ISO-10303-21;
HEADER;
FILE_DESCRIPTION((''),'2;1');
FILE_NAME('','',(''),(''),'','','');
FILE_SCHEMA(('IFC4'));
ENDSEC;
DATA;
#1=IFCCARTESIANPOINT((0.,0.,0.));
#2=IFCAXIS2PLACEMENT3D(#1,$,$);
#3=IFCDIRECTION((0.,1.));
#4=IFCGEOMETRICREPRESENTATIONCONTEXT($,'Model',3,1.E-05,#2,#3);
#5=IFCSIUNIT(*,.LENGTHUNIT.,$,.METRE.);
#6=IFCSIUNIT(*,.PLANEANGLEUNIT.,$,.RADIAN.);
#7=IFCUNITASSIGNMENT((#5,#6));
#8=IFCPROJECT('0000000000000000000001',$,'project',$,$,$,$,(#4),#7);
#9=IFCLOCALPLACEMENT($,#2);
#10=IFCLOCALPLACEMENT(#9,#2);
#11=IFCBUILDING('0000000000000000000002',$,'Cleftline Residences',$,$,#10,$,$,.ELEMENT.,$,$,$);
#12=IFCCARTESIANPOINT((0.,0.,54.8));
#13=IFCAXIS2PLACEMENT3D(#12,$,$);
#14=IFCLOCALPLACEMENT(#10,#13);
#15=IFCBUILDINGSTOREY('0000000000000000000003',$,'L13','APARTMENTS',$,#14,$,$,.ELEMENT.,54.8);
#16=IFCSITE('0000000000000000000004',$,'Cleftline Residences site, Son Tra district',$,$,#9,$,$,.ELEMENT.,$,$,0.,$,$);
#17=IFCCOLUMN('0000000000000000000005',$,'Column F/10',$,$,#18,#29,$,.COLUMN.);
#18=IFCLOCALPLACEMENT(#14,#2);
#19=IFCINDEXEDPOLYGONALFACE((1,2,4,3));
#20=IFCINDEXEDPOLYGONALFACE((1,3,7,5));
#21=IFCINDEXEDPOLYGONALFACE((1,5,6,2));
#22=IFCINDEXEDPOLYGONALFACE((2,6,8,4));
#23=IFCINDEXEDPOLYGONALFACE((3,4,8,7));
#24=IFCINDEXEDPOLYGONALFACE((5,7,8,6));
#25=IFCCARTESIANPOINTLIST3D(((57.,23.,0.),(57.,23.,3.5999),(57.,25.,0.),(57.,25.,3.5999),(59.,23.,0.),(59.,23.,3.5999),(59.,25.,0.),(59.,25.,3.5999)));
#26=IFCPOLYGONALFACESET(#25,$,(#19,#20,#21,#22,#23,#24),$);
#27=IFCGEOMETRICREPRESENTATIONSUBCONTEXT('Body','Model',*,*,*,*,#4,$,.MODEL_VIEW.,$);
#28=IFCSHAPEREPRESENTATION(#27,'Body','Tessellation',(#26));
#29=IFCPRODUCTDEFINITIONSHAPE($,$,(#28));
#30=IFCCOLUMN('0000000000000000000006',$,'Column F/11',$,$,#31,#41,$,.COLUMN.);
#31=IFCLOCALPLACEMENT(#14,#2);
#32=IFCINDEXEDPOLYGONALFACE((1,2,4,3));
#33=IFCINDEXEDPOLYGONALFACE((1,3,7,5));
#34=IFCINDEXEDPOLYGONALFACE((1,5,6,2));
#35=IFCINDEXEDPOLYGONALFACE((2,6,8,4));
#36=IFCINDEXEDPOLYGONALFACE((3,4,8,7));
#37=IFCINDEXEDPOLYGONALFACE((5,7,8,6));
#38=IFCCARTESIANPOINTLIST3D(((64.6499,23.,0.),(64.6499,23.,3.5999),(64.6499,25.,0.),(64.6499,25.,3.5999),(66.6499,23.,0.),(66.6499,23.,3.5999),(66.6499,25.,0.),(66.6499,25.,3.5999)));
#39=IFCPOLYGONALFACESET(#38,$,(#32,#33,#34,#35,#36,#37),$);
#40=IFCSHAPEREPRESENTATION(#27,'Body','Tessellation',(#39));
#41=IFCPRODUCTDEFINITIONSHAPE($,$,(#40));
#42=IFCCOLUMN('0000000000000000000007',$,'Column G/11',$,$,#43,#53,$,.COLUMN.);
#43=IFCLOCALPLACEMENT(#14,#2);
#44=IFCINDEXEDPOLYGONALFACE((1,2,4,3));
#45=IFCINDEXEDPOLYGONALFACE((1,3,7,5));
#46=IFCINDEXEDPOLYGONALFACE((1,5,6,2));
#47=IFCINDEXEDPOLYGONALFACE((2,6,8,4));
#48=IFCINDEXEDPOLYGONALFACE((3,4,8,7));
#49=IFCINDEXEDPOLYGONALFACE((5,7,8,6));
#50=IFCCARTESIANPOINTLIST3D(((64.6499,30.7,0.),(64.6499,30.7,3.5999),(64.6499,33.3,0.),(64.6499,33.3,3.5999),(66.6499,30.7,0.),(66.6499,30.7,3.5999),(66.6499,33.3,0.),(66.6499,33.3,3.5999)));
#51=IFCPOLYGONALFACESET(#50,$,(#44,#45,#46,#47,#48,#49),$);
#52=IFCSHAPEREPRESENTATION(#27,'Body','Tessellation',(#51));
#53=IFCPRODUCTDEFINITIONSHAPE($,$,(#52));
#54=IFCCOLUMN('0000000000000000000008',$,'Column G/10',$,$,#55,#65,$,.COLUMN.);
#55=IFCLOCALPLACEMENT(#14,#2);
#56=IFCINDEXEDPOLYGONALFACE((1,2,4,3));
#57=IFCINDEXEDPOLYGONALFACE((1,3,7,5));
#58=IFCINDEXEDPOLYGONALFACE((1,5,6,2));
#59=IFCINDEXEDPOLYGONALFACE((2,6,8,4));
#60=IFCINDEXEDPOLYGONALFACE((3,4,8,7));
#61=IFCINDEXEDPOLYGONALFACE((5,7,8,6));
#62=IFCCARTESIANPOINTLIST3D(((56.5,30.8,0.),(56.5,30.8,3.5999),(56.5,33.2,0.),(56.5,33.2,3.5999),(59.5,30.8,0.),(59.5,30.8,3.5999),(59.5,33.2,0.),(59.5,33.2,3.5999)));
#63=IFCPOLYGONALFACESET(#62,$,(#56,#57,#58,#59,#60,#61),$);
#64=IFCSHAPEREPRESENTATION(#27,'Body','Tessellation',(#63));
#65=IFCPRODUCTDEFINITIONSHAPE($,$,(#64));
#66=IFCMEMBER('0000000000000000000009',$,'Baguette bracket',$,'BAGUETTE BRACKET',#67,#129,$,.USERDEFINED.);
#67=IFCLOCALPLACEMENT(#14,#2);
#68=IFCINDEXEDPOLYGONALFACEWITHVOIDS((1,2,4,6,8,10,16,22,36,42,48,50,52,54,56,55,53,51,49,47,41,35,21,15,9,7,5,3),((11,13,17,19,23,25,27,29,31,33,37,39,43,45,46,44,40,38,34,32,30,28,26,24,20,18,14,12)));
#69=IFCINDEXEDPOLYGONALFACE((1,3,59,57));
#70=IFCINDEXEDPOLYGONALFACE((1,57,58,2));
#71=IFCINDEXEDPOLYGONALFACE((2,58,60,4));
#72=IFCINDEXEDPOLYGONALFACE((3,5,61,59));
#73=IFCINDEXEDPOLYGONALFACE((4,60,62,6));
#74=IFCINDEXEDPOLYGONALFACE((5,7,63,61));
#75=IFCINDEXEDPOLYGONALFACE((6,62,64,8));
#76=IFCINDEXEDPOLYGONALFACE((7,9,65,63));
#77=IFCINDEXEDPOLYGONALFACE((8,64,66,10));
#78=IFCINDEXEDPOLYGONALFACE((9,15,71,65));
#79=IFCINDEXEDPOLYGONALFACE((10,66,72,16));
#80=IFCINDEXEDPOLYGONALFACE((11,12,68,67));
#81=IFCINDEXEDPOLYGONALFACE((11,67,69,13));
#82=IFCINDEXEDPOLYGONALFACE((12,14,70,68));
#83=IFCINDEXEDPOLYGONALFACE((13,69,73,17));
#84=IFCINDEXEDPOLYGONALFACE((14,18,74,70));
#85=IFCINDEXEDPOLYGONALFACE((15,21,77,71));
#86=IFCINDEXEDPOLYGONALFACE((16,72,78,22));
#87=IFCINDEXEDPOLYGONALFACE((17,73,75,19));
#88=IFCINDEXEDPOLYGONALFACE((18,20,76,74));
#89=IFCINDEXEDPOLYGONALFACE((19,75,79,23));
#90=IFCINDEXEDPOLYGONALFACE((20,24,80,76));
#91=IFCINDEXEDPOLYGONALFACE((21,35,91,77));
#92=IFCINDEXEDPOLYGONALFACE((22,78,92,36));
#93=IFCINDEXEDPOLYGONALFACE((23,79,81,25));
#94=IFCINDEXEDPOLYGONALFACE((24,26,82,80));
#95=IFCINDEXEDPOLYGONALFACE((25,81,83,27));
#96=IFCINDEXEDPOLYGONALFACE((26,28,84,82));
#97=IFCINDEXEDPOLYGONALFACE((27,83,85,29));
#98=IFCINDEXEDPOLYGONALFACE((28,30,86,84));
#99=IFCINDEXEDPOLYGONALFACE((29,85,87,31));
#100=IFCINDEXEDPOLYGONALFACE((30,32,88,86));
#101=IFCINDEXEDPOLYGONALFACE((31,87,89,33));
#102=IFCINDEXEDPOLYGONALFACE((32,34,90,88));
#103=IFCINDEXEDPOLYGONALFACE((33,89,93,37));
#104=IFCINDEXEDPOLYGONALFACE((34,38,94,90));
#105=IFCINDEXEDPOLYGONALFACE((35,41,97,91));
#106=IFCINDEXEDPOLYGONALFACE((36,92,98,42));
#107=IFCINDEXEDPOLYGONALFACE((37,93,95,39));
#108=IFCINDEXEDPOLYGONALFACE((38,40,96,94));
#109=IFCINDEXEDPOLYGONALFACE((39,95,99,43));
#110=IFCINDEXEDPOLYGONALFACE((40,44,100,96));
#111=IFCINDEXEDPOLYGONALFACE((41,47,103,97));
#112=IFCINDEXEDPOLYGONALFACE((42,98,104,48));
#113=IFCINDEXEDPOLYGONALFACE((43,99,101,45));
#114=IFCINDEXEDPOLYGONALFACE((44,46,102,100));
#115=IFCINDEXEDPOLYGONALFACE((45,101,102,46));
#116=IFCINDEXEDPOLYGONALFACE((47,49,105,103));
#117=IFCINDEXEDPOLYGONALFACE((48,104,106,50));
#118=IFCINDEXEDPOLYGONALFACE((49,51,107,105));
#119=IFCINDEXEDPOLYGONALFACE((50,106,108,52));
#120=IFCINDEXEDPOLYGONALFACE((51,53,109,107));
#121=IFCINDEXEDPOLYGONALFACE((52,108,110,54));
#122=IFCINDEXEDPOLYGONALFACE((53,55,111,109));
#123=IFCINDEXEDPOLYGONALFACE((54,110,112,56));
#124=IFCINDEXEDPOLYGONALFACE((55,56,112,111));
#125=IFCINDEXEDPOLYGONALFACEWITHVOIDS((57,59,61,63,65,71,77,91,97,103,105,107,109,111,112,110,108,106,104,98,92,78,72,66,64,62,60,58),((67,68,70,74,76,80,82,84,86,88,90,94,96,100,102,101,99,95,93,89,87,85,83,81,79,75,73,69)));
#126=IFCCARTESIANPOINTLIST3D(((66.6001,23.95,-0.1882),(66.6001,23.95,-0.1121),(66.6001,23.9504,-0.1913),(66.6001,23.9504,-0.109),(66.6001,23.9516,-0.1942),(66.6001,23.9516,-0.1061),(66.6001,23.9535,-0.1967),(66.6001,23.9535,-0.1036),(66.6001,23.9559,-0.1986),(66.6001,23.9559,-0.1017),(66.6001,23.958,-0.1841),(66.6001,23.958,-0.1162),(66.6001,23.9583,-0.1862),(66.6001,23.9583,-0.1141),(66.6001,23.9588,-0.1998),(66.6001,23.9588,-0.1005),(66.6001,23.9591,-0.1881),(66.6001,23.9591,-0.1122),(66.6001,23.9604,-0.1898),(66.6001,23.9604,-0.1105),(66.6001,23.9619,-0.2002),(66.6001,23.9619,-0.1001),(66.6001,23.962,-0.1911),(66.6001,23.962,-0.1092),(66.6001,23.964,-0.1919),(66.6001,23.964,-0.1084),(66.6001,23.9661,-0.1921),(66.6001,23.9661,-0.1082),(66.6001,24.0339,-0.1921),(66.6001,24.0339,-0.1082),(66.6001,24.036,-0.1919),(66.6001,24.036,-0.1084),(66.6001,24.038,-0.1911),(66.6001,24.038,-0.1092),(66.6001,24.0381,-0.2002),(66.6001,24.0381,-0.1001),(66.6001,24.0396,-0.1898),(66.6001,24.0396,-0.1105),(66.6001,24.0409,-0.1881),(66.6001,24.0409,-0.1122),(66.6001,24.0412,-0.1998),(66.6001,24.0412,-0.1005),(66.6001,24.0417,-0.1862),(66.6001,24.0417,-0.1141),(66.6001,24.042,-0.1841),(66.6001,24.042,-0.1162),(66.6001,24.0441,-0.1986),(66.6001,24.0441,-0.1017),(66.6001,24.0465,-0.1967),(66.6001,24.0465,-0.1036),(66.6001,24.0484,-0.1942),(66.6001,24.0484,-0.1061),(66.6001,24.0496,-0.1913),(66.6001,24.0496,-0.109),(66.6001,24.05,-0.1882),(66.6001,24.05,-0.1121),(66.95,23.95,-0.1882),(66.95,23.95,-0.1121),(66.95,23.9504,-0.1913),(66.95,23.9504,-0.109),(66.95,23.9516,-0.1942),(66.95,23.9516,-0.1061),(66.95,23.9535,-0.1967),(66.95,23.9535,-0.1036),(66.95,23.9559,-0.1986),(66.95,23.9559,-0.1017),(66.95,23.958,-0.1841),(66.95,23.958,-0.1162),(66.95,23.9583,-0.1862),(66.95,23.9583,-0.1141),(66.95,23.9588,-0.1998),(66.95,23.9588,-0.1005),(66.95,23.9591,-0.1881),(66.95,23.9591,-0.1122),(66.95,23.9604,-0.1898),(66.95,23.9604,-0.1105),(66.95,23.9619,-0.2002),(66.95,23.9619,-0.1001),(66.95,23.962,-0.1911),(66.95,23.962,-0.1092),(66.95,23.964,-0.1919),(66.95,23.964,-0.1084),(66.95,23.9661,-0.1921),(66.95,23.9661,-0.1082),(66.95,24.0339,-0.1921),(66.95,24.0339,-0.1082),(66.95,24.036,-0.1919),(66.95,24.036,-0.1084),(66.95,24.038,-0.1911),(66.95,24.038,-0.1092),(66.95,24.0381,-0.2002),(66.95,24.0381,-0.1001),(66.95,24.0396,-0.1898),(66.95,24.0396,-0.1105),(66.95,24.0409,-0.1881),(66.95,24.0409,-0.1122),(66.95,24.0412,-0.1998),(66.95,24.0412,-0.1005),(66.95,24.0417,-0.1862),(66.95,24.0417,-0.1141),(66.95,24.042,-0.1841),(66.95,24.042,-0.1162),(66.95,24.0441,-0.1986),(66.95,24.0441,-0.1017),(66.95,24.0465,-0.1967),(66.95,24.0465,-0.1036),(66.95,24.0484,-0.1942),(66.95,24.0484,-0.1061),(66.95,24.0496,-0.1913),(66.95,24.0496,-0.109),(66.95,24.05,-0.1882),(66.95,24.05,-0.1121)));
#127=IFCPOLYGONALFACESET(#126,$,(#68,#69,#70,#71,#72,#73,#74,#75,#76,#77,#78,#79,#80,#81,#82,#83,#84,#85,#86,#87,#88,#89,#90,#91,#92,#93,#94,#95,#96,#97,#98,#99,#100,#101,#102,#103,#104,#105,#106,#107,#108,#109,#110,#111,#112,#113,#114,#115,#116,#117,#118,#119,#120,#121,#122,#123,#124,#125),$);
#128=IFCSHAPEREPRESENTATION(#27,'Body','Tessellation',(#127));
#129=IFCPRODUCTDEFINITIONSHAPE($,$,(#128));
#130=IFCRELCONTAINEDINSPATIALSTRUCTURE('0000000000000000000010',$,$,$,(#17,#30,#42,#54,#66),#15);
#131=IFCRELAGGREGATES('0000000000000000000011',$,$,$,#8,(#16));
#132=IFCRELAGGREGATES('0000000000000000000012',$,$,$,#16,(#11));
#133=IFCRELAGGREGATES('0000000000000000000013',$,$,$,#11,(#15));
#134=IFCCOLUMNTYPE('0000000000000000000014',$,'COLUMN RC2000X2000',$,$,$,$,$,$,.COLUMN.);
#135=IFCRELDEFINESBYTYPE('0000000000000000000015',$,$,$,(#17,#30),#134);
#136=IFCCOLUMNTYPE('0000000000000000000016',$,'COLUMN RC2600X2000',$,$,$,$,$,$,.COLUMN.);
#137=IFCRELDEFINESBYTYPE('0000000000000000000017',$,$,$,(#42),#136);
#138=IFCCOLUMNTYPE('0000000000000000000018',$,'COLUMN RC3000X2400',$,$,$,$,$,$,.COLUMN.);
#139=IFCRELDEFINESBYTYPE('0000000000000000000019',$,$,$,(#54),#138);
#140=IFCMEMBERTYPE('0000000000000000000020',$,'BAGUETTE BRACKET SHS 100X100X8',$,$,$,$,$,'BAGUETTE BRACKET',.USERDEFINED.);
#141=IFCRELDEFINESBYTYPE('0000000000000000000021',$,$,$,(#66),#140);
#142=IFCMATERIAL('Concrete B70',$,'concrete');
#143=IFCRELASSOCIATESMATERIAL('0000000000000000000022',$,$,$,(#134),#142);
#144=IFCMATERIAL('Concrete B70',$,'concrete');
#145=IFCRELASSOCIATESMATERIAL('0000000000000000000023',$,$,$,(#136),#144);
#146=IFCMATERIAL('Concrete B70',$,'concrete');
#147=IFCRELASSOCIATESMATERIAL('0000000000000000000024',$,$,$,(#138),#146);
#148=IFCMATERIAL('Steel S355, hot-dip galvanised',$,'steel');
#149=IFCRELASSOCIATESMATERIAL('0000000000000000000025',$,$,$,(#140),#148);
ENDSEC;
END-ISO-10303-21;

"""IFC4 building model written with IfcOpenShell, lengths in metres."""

from ifc_helpers import new_model, si_unit, direction, frame, origin, origin_2d, place, context, subcontext, project, spatial, rectangle, hollow_rectangle, extrude, material, material_profile, profile_set, type_object, element, save


model = new_model("IFC4")

# Units and contexts
model_context = context("Model", 3, precision=1e-05, world=origin(), true_north=direction((0.0, 1.0)))
body_context = subcontext(model_context, "Body", "Model", "MODEL_VIEW")
ifc_project = project(units=[si_unit("LENGTHUNIT", "METRE"), si_unit("PLANEANGLEUNIT", "RADIAN")], contexts=[model_context])

# Site, building, storey
site_placement = place(None, origin())
site = spatial("IfcSite", under=ifc_project, at=site_placement, Name="Cleftline Residences site, Son Tra district", CompositionType="ELEMENT", RefElevation=0.0)
building_placement = place(site_placement, origin())
building = spatial("IfcBuilding", under=site, at=building_placement, Name="Cleftline Residences", CompositionType="ELEMENT")
storey_placement = place(building_placement, frame((0.0, 0.0, 54.8)))
storey = spatial("IfcBuildingStorey", under=building, at=storey_placement, Name="L13", Description="APARTMENTS", CompositionType="ELEMENT", Elevation=54.8)

# Columns
ifc_material_1 = material(Name="Concrete B70", Category="concrete")
ifc_material_profile_1 = material_profile(ifc_material_1, rectangle(XDim=2.0, YDim=2.0, at=origin_2d()))
ifc_profile_set_1 = profile_set([ifc_material_profile_1], Name="Concrete B70")
column_type_1 = type_object("IfcColumnType", Name="COLUMN RC2000X2000", PredefinedType="COLUMN", material=ifc_profile_set_1)
for number, where, z_axis, x_axis, name in (
    (1, (58.0, 24.0, 0.0), (0.0, 0.0, 1.0), (1.0, 0.0, 0.0), "Column F/10"),
    (2, (65.6499, 24.0, 0.0), (0.0, 0.0, 1.0), (1.0, 0.0, 0.0), "Column F/11"),
):
    element("IfcColumn", number, at=place(storey_placement, frame(where, z_axis=z_axis, x_axis=x_axis)), inside=storey, type_object=column_type_1, Name=name, PredefinedType="COLUMN", context=body_context, shape_type="SweptSolid", body=[
        extrude(rectangle(XDim=2.0, YDim=2.0, at=origin_2d()), origin(), (0.0, 0.0, 1.0), 3.5999),
    ])
ifc_material_2 = material(Name="Concrete B70", Category="concrete")
ifc_material_profile_2 = material_profile(ifc_material_2, rectangle(XDim=2.6001, YDim=2.0, at=origin_2d()))
ifc_profile_set_2 = profile_set([ifc_material_profile_2], Name="Concrete B70")
column_type_2 = type_object("IfcColumnType", Name="COLUMN RC2600X2000", PredefinedType="COLUMN", material=ifc_profile_set_2)
column_1_placement = place(storey_placement, frame((65.6499, 32.0, 0.0), z_axis=(0.0, 0.0, 1.0), x_axis=(0.0, 1.0, 0.0)))
element("IfcColumn", 3, at=column_1_placement, inside=storey, type_object=column_type_2, Name="Column G/11", PredefinedType="COLUMN", context=body_context, shape_type="SweptSolid", body=[
    extrude(rectangle(XDim=2.6001, YDim=2.0, at=origin_2d()), origin(), (0.0, 0.0, 1.0), 3.5999),
])
ifc_material_3 = material(Name="Concrete B70", Category="concrete")
ifc_material_profile_3 = material_profile(ifc_material_3, rectangle(XDim=3.0, YDim=2.3999, at=origin_2d()))
ifc_profile_set_3 = profile_set([ifc_material_profile_3], Name="Concrete B70")
column_type_3 = type_object("IfcColumnType", Name="COLUMN RC3000X2400", PredefinedType="COLUMN", material=ifc_profile_set_3)
column_2_placement = place(storey_placement, frame((58.0, 32.0, 0.0), z_axis=(0.0, 0.0, 1.0), x_axis=(1.0, 0.0, 0.0)))
element("IfcColumn", 4, at=column_2_placement, inside=storey, type_object=column_type_3, Name="Column G/10", PredefinedType="COLUMN", context=body_context, shape_type="SweptSolid", body=[
    extrude(rectangle(XDim=3.0, YDim=2.3999, at=origin_2d()), origin(), (0.0, 0.0, 1.0), 3.5999),
])

# Member
ifc_material_4 = material(Name="Steel S355, hot-dip galvanised", Category="steel")
ifc_material_profile_4 = material_profile(ifc_material_4, hollow_rectangle(XDim=0.1001, YDim=0.1001, WallThickness=0.0081, InnerFilletRadius=0.0081, OuterFilletRadius=0.012, at=origin_2d()))
ifc_profile_set_4 = profile_set([ifc_material_profile_4], Name="Steel S355, hot-dip galvanised")
member_type_1 = type_object("IfcMemberType", Name="BAGUETTE BRACKET SHS 100X100X8", ElementType="BAGUETTE BRACKET", PredefinedType="USERDEFINED", material=ifc_profile_set_4)
member_1_placement = place(storey_placement, frame((66.6001, 24.0, -0.1501), z_axis=(1.0, 0.0, 0.0), x_axis=(0.0, 1.0, 0.0)))
element("IfcMember", 5, at=member_1_placement, inside=storey, type_object=member_type_1, Name="Baguette bracket", ObjectType="BAGUETTE BRACKET", PredefinedType="USERDEFINED", context=body_context, shape_type="SweptSolid", body=[
    extrude(hollow_rectangle(XDim=0.1001, YDim=0.1001, WallThickness=0.0081, InnerFilletRadius=0.0081, OuterFilletRadius=0.012, at=origin_2d()), origin(), (0.0, 0.0, 1.0), 0.3499),
])

save(model, "model.ifc")
